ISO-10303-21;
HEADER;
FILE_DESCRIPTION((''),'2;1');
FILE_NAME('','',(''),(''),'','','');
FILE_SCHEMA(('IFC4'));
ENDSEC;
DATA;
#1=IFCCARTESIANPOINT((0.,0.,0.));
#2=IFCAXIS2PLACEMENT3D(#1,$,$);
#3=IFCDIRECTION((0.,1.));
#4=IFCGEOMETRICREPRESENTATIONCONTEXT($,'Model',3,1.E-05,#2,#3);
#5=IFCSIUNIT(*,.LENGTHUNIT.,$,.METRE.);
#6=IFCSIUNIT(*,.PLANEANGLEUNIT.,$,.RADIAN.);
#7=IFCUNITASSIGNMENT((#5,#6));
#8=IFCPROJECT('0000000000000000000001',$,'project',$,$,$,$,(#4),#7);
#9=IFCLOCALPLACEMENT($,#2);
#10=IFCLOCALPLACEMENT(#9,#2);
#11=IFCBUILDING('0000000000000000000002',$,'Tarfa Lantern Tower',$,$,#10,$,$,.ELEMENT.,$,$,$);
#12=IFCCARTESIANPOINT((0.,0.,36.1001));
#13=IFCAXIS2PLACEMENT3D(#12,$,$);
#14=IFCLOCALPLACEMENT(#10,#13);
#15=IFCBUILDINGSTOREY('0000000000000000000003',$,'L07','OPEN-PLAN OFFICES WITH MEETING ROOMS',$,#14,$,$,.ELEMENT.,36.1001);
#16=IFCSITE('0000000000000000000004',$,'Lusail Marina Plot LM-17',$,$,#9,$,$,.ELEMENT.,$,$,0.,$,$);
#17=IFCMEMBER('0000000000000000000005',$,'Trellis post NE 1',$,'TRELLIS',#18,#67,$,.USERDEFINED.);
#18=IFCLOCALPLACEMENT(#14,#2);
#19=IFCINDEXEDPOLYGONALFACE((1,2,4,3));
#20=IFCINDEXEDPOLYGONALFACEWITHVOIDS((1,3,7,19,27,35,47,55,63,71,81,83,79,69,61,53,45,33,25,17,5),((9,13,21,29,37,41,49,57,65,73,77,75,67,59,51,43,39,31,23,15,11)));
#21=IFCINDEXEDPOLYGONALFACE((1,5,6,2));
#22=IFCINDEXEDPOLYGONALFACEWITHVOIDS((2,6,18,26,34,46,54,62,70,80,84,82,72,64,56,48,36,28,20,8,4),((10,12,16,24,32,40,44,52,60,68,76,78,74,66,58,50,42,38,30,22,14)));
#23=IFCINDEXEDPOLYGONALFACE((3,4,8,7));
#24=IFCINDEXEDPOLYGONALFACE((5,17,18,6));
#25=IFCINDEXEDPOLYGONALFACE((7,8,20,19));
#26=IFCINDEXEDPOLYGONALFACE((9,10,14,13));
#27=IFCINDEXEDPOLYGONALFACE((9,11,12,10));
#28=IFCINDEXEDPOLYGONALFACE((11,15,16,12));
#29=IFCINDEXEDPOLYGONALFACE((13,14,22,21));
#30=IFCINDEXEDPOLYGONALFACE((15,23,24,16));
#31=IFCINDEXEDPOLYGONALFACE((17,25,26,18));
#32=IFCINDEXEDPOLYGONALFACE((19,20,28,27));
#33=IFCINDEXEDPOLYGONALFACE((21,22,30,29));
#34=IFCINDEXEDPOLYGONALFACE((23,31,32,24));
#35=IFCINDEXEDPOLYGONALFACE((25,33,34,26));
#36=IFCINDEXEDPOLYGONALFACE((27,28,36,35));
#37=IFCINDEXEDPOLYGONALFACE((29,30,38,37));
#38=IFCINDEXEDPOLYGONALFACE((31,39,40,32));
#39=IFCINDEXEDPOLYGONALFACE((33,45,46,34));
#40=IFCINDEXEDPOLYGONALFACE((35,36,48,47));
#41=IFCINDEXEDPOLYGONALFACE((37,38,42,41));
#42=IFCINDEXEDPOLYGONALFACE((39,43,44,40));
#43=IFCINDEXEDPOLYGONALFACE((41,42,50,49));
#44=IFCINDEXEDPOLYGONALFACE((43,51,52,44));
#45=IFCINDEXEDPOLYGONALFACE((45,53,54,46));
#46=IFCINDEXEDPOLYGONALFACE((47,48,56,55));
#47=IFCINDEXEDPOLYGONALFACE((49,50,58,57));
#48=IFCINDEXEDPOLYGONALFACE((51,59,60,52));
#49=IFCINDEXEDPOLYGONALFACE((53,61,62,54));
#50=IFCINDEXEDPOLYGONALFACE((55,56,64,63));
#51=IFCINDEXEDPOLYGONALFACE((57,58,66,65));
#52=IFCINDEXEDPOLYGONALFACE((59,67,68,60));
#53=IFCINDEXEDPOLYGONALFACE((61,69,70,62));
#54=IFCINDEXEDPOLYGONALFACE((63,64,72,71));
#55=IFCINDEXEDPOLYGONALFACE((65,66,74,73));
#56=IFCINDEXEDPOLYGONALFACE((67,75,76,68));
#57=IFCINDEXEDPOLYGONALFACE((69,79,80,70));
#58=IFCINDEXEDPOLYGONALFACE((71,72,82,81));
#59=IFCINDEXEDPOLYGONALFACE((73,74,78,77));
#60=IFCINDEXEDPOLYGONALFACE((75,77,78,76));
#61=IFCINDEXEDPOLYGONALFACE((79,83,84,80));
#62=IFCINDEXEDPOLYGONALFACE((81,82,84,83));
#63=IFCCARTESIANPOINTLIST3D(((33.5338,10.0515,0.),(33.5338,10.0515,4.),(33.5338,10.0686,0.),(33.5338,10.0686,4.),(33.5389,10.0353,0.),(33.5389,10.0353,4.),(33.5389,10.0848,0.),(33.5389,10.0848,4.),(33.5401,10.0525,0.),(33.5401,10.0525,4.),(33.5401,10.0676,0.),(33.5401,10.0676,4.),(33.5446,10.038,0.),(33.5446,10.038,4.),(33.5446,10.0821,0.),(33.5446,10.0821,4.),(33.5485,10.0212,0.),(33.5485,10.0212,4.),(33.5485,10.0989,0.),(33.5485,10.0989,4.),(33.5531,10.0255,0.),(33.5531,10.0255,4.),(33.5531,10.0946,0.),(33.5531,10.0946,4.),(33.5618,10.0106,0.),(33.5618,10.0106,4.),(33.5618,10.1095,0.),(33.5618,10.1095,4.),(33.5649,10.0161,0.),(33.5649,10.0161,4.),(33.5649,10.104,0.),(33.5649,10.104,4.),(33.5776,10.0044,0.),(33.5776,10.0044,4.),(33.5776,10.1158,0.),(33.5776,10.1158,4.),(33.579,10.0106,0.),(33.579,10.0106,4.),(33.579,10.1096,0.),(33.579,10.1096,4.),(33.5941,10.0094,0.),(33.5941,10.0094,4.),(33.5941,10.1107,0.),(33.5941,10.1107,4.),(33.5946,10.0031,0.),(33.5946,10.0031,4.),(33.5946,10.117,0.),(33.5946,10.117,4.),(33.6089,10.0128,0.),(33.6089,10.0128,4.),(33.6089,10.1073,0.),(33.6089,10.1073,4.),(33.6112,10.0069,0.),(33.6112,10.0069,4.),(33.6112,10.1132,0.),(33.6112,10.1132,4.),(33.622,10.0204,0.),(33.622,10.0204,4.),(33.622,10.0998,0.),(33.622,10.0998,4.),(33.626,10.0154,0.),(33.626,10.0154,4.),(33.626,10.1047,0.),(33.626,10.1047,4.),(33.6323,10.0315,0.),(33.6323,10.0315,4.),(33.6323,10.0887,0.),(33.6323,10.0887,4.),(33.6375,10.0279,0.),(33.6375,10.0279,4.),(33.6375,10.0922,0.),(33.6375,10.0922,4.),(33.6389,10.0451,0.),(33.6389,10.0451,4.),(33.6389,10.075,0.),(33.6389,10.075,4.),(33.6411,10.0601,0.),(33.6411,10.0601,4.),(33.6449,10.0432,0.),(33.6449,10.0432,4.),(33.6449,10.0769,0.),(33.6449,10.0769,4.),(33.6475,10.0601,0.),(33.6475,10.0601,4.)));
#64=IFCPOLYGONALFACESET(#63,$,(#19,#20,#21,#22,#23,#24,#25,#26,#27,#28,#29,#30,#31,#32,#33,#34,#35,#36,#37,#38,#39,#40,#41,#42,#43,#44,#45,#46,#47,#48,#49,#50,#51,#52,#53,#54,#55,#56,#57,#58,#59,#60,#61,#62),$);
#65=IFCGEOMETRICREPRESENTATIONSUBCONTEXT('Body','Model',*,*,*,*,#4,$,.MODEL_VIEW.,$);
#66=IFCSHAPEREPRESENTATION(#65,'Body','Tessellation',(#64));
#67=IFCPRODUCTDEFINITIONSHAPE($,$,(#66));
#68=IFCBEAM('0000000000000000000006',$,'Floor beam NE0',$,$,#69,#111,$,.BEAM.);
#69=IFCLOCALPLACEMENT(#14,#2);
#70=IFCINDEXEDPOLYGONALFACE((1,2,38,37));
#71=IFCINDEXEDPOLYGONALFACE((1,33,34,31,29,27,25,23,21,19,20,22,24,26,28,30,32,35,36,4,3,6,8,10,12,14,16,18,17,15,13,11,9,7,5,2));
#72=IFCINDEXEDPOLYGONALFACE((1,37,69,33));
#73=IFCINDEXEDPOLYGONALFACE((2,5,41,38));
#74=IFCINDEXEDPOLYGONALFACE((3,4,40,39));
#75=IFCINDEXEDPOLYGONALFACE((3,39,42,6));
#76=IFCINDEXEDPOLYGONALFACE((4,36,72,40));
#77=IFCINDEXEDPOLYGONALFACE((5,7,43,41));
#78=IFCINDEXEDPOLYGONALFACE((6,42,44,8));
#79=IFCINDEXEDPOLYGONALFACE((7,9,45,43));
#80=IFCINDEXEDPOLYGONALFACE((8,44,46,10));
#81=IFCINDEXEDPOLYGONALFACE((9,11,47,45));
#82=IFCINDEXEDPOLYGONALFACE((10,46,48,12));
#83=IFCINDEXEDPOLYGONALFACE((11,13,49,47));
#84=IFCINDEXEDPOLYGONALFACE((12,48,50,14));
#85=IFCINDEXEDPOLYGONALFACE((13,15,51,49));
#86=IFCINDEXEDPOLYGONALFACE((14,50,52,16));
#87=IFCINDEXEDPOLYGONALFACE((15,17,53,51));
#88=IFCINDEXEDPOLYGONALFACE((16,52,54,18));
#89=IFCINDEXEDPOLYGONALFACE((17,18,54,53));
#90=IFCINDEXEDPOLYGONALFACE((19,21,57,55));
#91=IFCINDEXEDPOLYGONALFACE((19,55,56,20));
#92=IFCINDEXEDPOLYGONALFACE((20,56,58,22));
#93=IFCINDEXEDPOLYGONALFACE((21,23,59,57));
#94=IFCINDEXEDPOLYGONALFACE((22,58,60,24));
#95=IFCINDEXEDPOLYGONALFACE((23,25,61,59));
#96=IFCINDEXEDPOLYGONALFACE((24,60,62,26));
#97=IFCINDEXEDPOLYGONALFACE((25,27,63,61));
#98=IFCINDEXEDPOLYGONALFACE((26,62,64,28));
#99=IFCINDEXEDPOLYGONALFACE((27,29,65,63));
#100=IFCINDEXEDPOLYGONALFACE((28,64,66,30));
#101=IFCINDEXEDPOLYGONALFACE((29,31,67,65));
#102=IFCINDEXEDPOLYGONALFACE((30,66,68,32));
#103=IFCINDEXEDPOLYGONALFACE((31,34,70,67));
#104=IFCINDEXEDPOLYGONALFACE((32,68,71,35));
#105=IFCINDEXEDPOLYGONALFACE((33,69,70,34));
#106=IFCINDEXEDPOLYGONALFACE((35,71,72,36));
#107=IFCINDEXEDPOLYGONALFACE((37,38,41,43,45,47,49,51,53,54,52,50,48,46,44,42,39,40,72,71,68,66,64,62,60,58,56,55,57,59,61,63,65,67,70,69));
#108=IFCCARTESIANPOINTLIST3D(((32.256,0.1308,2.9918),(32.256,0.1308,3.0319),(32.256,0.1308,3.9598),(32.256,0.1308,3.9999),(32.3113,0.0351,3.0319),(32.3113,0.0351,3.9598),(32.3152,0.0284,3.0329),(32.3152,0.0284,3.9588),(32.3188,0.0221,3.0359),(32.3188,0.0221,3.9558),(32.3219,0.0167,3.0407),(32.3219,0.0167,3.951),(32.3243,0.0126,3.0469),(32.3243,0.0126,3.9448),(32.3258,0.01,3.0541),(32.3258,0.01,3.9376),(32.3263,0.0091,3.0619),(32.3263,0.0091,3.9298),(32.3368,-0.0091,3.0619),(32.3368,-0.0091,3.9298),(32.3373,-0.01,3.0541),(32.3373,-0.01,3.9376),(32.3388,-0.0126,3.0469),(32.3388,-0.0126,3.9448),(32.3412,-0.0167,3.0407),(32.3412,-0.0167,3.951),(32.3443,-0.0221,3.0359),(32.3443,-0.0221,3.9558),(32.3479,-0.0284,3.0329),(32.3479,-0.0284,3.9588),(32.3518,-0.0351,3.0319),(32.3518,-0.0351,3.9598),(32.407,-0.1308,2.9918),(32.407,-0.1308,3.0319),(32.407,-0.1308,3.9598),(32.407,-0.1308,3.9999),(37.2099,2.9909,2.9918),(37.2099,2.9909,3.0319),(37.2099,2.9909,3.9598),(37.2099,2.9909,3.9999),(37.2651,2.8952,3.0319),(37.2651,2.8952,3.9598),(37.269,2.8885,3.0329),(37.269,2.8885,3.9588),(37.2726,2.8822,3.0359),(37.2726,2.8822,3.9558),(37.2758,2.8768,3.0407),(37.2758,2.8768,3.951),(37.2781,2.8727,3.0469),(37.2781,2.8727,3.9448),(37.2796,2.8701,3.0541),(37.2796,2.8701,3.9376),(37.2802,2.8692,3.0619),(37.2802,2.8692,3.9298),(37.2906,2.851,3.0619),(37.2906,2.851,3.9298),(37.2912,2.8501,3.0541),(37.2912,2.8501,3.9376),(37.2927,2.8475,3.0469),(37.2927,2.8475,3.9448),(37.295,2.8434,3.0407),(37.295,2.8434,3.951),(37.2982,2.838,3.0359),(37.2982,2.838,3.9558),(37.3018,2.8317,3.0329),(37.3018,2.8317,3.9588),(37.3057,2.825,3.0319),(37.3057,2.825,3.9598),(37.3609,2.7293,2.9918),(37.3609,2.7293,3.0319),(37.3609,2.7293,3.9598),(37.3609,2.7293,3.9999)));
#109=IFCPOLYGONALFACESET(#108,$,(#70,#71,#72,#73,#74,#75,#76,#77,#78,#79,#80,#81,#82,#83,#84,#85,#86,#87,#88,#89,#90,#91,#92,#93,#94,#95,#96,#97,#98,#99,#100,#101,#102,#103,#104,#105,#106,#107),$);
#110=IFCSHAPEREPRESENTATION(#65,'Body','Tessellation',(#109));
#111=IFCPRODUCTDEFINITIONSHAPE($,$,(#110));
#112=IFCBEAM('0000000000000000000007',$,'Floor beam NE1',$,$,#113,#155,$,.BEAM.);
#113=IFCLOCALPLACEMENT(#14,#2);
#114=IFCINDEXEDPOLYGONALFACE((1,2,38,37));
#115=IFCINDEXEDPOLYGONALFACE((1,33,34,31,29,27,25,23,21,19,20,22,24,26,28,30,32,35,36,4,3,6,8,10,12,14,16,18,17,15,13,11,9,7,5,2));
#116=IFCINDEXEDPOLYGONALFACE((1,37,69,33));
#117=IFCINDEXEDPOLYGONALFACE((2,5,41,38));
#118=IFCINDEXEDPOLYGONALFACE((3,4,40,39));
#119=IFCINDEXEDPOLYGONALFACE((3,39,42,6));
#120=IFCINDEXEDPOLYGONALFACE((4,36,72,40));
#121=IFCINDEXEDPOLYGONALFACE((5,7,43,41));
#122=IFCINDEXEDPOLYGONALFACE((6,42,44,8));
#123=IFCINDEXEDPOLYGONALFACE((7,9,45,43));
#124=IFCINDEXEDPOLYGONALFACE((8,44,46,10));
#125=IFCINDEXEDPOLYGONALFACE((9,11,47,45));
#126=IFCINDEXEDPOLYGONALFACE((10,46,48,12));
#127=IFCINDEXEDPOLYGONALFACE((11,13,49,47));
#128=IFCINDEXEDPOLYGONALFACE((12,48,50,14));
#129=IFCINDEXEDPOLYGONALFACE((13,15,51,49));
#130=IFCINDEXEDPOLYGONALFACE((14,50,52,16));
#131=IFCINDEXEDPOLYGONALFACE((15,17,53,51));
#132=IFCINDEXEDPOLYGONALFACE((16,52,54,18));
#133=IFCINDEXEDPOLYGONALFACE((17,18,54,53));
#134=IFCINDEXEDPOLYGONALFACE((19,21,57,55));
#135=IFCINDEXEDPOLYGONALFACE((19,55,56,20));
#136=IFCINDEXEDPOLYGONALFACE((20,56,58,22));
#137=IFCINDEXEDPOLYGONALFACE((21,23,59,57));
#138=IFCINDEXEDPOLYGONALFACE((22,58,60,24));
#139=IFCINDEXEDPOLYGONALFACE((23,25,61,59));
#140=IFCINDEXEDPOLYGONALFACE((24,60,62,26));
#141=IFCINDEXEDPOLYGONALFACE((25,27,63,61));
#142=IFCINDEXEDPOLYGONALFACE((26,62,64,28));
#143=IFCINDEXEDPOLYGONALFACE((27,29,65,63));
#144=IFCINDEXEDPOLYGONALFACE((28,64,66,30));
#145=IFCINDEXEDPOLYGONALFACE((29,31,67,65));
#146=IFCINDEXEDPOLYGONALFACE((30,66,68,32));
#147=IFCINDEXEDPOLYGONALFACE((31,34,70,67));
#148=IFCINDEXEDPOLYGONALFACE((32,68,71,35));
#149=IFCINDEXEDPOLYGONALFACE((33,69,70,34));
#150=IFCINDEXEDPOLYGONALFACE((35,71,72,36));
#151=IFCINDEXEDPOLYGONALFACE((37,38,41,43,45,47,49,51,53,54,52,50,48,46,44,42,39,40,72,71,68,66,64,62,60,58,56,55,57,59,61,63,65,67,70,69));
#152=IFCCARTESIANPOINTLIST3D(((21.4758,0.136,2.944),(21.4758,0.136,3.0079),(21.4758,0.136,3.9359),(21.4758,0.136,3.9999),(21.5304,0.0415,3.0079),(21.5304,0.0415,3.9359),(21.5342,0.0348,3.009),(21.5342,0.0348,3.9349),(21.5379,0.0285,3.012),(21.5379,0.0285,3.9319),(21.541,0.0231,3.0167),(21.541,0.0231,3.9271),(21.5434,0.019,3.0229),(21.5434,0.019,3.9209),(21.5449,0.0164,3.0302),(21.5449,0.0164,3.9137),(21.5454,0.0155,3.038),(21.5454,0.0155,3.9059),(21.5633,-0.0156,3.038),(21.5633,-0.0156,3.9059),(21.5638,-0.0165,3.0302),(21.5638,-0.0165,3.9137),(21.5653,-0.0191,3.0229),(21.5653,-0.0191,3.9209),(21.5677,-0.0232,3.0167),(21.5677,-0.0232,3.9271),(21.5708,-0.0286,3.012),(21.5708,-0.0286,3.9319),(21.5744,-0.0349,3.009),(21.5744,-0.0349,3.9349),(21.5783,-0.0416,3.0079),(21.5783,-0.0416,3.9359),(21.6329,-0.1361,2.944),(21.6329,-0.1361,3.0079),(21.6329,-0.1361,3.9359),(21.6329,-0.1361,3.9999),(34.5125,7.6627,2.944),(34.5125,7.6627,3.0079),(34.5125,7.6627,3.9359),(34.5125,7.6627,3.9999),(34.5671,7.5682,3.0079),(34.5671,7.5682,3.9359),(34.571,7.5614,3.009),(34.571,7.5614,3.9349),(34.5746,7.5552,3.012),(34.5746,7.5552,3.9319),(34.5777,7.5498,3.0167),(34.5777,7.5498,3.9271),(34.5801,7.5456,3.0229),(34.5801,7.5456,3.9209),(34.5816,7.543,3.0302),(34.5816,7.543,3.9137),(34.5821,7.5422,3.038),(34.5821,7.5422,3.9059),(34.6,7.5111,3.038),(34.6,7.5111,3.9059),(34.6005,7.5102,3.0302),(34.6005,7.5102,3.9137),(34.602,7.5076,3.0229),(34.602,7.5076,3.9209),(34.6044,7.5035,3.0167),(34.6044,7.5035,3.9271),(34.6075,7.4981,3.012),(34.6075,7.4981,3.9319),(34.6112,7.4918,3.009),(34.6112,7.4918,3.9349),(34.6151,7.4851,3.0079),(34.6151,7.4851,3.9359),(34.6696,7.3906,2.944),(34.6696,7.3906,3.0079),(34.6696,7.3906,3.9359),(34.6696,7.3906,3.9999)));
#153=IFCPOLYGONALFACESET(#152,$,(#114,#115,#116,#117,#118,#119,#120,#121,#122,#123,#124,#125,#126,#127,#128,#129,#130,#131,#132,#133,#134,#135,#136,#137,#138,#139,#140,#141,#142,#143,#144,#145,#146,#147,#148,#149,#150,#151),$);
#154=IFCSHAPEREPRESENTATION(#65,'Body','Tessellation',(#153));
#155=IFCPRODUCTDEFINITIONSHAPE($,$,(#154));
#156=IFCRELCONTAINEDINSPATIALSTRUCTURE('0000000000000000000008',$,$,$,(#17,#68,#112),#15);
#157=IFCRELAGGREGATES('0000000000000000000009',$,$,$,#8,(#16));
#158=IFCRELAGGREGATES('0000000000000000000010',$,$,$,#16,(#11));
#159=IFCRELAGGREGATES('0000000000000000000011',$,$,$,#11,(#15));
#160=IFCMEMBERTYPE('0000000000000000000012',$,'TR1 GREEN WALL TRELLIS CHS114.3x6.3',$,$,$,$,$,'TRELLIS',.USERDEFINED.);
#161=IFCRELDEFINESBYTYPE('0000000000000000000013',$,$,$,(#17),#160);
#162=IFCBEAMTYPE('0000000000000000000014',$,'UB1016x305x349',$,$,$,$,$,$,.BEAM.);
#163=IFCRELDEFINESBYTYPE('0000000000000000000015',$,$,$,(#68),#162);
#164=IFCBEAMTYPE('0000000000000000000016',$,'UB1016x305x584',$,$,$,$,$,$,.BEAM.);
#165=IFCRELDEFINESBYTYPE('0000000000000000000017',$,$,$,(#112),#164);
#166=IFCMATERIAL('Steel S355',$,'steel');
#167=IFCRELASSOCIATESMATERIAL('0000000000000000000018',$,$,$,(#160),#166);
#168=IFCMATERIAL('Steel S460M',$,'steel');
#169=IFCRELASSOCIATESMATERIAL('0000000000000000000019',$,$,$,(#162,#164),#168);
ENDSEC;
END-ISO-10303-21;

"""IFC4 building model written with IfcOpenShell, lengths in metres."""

from ifc_helpers import new_model, si_unit, direction, frame, origin, origin_2d, place, context, subcontext, project, spatial, hollow_circle, i_section, extrude, material, material_profile, profile_set, type_object, element, save


model = new_model("IFC4")

# Units and contexts
model_context = context("Model", 3, precision=1e-05, world=origin(), true_north=direction((0.0, 1.0)))
body_context = subcontext(model_context, "Body", "Model", "MODEL_VIEW")
ifc_project = project(units=[si_unit("LENGTHUNIT", "METRE"), si_unit("PLANEANGLEUNIT", "RADIAN")], contexts=[model_context])

# Site, building, storey
site_placement = place(None, origin())
site = spatial("IfcSite", under=ifc_project, at=site_placement, Name="Lusail Marina Plot LM-17", CompositionType="ELEMENT", RefElevation=0.0)
building_placement = place(site_placement, origin())
building = spatial("IfcBuilding", under=site, at=building_placement, Name="Tarfa Lantern Tower", CompositionType="ELEMENT")
storey_placement = place(building_placement, frame((0.0, 0.0, 36.1001)))
storey = spatial("IfcBuildingStorey", under=building, at=storey_placement, Name="L07", Description="OPEN-PLAN OFFICES WITH MEETING ROOMS", CompositionType="ELEMENT", Elevation=36.1001)

# Member
ifc_material_1 = material(Name="Steel S355", Category="steel")
ifc_material_profile_1 = material_profile(ifc_material_1, hollow_circle(Radius=0.0571, WallThickness=0.0063, at=origin_2d()), Name="CHS114.3x6.3")
ifc_profile_set_1 = profile_set([ifc_material_profile_1], Name="Steel S355")
member_type_1 = type_object("IfcMemberType", Name="TR1 GREEN WALL TRELLIS CHS114.3x6.3", ElementType="TRELLIS", PredefinedType="USERDEFINED", material=ifc_profile_set_1)
member_1_placement = place(storey_placement, frame((33.5903, 10.0601, 0.0), z_axis=(0.0, 0.0, 1.0), x_axis=(1.0, 0.0, 0.0)))
element("IfcMember", 1, at=member_1_placement, inside=storey, type_object=member_type_1, Name="Trellis post NE 1", ObjectType="TRELLIS", PredefinedType="USERDEFINED", context=body_context, shape_type="SweptSolid", body=[
    extrude(hollow_circle(Radius=0.0571, WallThickness=0.0063, at=origin_2d()), origin(), (0.0, 0.0, 1.0), 4.0),
])

# Beams
ifc_material_2 = material(Name="Steel S460M", Category="steel")
ifc_material_profile_2 = material_profile(ifc_material_2, i_section(OverallWidth=0.302, OverallDepth=1.0081, WebThickness=0.021, FlangeThickness=0.04, FilletRadius=0.03, at=origin_2d()), Name="UB1016x305x349")
ifc_profile_set_2 = profile_set([ifc_material_profile_2], Name="Steel S460M")
beam_type_1 = type_object("IfcBeamType", Name="UB1016x305x349", PredefinedType="BEAM", material=ifc_profile_set_2)
beam_1_placement = place(storey_placement, frame((37.2854, 2.8601, 3.4958), z_axis=(-0.866026, -0.5, 0.0), x_axis=(0.5, -0.866026, 0.0)))
element("IfcBeam", 2, at=beam_1_placement, inside=storey, type_object=beam_type_1, Name="Floor beam NE0", PredefinedType="BEAM", context=body_context, shape_type="SweptSolid", body=[
    extrude(i_section(OverallWidth=0.302, OverallDepth=1.0081, WebThickness=0.021, FlangeThickness=0.04, FilletRadius=0.03, at=origin_2d()), origin(), (0.0, 0.0, 1.0), 5.7202),
])
ifc_material_profile_3 = material_profile(ifc_material_2, i_section(OverallWidth=0.3142, OverallDepth=1.0559, WebThickness=0.0359, FlangeThickness=0.064, FilletRadius=0.03, at=origin_2d()), Name="UB1016x305x584")
ifc_profile_set_3 = profile_set([ifc_material_profile_3], Name="Steel S460M")
beam_type_2 = type_object("IfcBeamType", Name="UB1016x305x584", PredefinedType="BEAM", material=ifc_profile_set_3)
beam_2_placement = place(storey_placement, frame((34.5911, 7.5266, 3.4719), z_axis=(-0.866028, -0.499996, 0.0), x_axis=(0.499996, -0.866028, 0.0)))
element("IfcBeam", 3, at=beam_2_placement, inside=storey, type_object=beam_type_2, Name="Floor beam NE1", PredefinedType="BEAM", context=body_context, shape_type="SweptSolid", body=[
    extrude(i_section(OverallWidth=0.3142, OverallDepth=1.0559, WebThickness=0.0359, FlangeThickness=0.064, FilletRadius=0.03, at=origin_2d()), origin(), (0.0, 0.0, 1.0), 15.0535),
])

save(model, "model.ifc")
